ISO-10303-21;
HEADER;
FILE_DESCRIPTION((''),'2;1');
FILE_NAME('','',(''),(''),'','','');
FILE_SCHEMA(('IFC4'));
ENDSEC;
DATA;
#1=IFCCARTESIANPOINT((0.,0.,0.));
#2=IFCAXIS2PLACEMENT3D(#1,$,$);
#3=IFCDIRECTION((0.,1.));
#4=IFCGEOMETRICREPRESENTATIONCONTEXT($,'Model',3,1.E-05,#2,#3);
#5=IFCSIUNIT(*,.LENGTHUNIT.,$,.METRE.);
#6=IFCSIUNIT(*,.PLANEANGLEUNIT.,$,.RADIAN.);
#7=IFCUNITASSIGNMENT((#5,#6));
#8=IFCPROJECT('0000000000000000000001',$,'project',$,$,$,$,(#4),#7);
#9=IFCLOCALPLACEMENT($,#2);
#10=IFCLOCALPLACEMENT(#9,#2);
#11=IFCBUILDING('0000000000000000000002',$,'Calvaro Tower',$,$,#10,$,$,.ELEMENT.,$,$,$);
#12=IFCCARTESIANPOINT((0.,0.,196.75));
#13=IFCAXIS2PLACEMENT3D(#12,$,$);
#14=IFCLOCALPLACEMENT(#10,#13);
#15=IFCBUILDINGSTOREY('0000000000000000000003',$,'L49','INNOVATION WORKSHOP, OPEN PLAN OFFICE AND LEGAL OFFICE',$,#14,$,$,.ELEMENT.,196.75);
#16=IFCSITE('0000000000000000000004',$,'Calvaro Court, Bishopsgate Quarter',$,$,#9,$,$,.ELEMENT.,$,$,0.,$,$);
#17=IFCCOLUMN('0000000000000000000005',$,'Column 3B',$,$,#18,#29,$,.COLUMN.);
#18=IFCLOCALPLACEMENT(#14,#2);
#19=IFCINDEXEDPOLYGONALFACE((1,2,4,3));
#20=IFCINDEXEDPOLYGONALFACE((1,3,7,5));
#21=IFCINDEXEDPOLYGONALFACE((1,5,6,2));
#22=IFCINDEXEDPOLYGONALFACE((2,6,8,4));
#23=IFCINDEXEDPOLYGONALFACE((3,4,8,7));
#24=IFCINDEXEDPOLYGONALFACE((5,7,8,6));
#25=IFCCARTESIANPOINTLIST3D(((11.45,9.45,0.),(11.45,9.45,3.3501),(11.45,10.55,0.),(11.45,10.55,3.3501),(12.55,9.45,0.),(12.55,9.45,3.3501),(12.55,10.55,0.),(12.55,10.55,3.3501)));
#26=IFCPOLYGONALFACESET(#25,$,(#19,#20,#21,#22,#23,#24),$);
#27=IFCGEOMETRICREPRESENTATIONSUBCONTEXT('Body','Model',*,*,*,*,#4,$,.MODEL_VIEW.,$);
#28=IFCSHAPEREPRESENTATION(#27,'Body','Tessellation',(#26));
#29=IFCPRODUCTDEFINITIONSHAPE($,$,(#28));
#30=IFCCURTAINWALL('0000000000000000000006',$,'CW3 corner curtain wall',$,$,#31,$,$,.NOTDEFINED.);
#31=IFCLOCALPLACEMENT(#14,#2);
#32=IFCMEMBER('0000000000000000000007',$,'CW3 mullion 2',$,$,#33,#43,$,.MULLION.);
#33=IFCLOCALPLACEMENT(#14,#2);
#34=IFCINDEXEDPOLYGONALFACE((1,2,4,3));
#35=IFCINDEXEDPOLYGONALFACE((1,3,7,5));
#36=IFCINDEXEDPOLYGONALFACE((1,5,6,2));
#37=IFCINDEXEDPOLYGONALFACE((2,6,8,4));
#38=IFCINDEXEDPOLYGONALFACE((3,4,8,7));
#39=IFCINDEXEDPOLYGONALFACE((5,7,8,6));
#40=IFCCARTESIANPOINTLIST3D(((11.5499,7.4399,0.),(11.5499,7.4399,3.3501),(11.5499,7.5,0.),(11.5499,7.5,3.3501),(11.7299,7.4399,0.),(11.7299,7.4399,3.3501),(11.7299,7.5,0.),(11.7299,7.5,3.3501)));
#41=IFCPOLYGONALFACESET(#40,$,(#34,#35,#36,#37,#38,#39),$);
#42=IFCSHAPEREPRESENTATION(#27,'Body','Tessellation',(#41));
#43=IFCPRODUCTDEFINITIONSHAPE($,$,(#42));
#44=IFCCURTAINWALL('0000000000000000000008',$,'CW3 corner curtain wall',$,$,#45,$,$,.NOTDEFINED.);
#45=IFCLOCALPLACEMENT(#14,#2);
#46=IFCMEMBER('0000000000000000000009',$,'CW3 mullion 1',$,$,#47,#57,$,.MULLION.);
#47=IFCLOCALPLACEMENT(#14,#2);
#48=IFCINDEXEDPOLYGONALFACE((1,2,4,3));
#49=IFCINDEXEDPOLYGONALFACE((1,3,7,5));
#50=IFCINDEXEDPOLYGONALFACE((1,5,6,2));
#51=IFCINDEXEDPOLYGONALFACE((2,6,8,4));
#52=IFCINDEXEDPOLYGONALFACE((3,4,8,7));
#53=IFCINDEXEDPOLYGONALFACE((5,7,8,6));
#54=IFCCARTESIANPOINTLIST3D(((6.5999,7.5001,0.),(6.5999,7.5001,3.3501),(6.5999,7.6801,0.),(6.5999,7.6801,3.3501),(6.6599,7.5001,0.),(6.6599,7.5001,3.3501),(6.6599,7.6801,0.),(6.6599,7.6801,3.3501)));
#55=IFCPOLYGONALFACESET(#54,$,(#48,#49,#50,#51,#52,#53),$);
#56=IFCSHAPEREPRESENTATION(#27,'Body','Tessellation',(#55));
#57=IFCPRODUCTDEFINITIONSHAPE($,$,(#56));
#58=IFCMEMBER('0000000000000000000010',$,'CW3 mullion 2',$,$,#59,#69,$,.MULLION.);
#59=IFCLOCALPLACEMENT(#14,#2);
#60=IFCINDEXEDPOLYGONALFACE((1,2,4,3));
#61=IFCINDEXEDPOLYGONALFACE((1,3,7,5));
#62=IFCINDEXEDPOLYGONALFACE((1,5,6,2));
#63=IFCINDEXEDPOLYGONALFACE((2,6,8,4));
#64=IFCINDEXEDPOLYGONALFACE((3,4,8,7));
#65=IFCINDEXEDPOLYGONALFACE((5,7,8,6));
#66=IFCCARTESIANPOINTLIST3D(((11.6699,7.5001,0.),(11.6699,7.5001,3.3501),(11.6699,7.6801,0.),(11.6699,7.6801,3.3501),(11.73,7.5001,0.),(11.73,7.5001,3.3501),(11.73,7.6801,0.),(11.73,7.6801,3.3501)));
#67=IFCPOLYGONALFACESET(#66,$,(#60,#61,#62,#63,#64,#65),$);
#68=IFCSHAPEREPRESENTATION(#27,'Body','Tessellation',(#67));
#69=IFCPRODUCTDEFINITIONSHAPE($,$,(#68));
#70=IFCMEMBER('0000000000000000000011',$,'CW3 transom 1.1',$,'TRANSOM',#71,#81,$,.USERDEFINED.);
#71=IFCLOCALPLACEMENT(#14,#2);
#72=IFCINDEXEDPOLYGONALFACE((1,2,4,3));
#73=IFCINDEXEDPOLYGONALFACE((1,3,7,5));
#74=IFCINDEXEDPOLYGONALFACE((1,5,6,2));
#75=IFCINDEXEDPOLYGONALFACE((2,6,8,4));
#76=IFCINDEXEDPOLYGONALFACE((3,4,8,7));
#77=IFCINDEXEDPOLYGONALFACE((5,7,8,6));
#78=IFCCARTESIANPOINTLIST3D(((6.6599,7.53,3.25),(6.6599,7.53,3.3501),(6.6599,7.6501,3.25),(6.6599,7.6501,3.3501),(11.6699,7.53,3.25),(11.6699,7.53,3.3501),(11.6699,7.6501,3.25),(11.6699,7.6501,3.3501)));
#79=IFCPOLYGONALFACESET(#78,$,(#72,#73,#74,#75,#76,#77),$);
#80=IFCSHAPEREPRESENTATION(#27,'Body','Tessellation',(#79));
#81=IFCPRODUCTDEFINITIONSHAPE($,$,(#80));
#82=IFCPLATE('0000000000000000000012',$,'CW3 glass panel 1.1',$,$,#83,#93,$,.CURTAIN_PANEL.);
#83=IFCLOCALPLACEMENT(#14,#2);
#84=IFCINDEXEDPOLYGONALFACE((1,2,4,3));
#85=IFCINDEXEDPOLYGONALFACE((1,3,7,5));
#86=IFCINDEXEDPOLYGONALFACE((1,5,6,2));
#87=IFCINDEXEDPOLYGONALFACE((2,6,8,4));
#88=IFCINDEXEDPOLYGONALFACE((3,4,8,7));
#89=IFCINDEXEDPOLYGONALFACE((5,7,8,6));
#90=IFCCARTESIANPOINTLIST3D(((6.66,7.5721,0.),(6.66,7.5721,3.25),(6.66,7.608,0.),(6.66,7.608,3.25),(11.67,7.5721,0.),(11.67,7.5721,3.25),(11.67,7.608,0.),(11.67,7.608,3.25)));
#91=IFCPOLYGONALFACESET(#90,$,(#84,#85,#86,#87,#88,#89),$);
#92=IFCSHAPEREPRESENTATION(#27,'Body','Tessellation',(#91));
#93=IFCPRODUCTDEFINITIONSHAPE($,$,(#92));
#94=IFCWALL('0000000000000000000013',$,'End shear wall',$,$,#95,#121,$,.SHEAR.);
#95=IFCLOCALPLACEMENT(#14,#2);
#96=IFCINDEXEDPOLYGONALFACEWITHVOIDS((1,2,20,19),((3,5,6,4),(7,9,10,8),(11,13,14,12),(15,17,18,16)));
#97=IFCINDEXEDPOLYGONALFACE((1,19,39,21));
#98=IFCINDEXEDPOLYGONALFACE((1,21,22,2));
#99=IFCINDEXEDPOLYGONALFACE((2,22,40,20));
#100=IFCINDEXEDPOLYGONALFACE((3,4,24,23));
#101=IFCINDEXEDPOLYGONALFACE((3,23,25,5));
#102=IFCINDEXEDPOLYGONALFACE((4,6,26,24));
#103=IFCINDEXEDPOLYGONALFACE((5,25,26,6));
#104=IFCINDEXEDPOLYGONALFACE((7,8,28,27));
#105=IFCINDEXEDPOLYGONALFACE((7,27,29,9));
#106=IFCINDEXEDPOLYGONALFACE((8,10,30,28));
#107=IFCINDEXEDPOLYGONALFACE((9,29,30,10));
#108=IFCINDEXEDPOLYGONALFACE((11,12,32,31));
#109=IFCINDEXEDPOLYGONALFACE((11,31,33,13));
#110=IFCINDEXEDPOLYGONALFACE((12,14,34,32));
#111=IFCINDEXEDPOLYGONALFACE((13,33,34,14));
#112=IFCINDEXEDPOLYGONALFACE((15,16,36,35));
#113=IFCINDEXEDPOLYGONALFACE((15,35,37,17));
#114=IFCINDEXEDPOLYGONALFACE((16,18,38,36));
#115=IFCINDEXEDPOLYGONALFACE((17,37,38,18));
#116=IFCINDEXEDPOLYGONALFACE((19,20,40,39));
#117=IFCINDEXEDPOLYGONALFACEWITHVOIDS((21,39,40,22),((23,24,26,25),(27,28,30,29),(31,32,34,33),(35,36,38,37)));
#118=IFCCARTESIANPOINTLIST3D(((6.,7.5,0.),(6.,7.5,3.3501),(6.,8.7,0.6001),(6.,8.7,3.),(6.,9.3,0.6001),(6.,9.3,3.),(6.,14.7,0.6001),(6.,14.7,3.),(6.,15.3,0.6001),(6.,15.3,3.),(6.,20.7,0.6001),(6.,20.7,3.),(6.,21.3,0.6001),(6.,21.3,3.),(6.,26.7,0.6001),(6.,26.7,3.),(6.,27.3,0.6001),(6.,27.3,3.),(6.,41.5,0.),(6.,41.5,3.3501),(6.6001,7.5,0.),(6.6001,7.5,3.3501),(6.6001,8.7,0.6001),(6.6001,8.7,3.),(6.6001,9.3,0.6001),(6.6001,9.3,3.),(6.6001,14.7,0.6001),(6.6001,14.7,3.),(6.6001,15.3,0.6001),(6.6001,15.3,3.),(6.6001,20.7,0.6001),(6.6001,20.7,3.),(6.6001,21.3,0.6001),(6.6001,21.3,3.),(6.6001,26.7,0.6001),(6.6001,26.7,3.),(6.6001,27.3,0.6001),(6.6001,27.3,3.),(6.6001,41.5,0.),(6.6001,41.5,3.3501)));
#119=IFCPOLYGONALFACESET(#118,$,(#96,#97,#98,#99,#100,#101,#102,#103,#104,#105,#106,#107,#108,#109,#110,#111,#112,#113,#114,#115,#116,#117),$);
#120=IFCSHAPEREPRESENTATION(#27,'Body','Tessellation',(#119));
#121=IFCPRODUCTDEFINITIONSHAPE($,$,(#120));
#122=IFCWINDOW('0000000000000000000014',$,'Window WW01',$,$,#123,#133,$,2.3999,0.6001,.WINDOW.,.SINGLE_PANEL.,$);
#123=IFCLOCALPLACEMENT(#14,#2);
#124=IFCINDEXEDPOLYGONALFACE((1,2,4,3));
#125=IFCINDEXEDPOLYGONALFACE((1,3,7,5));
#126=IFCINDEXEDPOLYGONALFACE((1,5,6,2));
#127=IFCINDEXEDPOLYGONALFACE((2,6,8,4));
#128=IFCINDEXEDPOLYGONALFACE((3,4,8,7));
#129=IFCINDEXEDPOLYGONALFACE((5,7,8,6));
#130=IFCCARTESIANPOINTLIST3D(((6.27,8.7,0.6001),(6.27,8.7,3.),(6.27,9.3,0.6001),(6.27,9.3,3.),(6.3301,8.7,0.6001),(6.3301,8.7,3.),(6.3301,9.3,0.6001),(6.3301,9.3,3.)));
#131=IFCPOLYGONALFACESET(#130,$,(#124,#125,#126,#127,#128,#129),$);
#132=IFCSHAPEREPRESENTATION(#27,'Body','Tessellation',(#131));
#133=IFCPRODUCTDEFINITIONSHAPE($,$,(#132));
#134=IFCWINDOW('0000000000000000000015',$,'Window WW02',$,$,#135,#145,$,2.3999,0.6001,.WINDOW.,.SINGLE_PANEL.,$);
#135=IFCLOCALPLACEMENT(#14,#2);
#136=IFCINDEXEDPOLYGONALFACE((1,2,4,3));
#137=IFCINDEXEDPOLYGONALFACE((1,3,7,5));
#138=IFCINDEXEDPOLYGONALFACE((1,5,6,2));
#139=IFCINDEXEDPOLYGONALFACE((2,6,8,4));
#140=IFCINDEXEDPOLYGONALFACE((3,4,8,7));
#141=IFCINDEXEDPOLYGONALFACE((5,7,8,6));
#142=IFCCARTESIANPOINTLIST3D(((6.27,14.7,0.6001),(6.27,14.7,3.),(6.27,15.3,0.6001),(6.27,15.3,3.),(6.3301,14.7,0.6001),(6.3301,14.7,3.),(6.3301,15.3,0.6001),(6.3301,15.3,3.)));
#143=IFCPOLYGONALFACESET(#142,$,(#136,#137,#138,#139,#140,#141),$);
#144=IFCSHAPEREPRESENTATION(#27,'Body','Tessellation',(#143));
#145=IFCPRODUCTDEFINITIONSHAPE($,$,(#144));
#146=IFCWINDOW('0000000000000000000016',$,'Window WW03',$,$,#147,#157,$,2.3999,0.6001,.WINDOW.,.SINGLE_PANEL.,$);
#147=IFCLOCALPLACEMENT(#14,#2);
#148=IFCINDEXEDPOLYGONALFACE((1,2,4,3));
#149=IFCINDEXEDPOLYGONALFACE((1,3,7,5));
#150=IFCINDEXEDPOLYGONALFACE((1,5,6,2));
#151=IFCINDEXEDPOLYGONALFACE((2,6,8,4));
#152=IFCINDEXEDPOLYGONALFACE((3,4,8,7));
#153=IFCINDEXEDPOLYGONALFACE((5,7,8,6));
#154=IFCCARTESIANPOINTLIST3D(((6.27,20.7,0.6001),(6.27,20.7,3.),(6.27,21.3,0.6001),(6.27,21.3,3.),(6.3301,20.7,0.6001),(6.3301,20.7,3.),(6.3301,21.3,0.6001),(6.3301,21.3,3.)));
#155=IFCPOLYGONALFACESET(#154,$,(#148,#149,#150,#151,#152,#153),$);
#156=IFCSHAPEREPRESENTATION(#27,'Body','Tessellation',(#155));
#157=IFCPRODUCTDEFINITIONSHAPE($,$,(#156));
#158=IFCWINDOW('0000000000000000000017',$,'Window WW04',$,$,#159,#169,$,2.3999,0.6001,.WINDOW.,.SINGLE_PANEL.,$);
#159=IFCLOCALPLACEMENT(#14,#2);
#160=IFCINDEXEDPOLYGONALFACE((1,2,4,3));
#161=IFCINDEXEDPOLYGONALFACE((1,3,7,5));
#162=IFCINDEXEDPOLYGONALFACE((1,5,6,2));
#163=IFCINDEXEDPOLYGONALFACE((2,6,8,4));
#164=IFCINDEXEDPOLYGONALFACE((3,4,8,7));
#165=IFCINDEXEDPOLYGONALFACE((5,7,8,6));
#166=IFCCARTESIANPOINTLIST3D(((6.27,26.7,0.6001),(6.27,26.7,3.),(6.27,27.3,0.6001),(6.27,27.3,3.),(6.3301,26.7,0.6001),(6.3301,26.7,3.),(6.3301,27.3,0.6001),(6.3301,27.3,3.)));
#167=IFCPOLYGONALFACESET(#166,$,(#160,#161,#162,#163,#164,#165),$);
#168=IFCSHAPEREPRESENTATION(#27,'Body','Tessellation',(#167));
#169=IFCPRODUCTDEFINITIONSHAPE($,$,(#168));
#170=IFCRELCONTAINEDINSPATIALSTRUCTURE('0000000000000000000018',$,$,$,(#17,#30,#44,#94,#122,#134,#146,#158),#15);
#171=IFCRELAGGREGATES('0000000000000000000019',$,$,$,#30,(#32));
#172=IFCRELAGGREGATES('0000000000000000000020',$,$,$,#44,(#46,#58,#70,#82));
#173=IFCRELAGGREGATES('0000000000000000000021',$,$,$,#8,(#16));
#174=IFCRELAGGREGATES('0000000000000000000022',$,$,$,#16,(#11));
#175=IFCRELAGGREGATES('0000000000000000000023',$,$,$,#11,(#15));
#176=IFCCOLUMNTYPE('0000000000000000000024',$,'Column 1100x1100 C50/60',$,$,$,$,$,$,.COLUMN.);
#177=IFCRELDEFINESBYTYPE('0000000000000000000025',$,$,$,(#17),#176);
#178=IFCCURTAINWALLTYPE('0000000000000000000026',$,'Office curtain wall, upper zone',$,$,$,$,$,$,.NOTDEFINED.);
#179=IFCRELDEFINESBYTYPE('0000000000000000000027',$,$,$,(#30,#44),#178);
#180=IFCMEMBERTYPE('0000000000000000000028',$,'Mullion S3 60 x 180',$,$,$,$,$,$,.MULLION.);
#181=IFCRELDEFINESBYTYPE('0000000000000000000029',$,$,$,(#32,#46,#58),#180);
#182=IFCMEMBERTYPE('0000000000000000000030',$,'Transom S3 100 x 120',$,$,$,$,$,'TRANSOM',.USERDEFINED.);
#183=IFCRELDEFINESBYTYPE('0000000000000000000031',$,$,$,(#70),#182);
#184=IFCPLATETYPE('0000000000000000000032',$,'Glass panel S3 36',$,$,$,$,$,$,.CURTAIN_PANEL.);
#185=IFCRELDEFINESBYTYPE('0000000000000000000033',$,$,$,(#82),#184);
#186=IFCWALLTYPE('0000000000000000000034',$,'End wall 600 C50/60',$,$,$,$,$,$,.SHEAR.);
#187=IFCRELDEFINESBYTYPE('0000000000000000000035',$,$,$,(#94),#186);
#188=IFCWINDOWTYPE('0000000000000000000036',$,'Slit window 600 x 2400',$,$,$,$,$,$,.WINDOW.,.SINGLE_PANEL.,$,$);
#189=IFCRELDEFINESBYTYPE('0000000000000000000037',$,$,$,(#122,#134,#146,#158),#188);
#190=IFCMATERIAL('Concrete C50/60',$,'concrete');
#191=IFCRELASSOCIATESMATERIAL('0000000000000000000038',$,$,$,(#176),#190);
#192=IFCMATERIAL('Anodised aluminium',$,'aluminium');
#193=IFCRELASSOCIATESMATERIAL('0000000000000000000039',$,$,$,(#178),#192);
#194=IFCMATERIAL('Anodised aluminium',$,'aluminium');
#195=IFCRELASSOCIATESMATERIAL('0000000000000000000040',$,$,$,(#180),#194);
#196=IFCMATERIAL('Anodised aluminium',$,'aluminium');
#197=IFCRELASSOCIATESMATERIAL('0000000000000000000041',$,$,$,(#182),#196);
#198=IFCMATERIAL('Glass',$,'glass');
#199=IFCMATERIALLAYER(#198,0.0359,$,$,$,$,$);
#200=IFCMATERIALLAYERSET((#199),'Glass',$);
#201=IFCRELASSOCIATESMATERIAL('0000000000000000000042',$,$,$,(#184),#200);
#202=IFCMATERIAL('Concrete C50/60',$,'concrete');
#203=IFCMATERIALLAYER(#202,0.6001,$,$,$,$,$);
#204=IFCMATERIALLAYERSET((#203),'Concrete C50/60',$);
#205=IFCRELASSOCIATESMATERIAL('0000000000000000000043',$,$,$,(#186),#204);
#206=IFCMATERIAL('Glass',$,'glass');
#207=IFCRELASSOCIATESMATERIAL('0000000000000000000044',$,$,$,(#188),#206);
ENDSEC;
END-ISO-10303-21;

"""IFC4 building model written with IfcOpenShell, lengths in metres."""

from ifc_helpers import new_model, si_unit, direction, frame, frame_2d, origin, origin_2d, place, context, subcontext, project, spatial, rectangle, extrude, material, layer, layer_set, material_profile, profile_set, type_object, element, fill, aggregate, save


model = new_model("IFC4")

# Units and contexts
model_context = context("Model", 3, precision=1e-05, world=origin(), true_north=direction((0.0, 1.0)))
body_context = subcontext(model_context, "Body", "Model", "MODEL_VIEW")
ifc_project = project(units=[si_unit("LENGTHUNIT", "METRE"), si_unit("PLANEANGLEUNIT", "RADIAN")], contexts=[model_context])

# Site, building, storey
site_placement = place(None, origin())
site = spatial("IfcSite", under=ifc_project, at=site_placement, Name="Calvaro Court, Bishopsgate Quarter", CompositionType="ELEMENT", RefElevation=0.0)
building_placement = place(site_placement, origin())
building = spatial("IfcBuilding", under=site, at=building_placement, Name="Calvaro Tower", CompositionType="ELEMENT")
storey_placement = place(building_placement, frame((0.0, 0.0, 196.75)))
storey = spatial("IfcBuildingStorey", under=building, at=storey_placement, Name="L49", Description="INNOVATION WORKSHOP, OPEN PLAN OFFICE AND LEGAL OFFICE", CompositionType="ELEMENT", Elevation=196.75)

# Column
ifc_material_1 = material(Name="Concrete C50/60", Category="concrete")
ifc_material_profile_1 = material_profile(ifc_material_1, rectangle(XDim=1.1001, YDim=1.1001, at=origin_2d()), Name="RC 1100x1100")
ifc_profile_set_1 = profile_set([ifc_material_profile_1], Name="Concrete C50/60")
column_type = type_object("IfcColumnType", Name="Column 1100x1100 C50/60", PredefinedType="COLUMN", material=ifc_profile_set_1)
column_placement = place(storey_placement, frame((12.0, 10.0, 0.0), z_axis=(0.0, 0.0, 1.0), x_axis=(1.0, 0.0, 0.0)))
element("IfcColumn", 1, at=column_placement, inside=storey, type_object=column_type, Name="Column 3B", PredefinedType="COLUMN", context=body_context, shape_type="SweptSolid", body=[
    extrude(rectangle(XDim=1.1001, YDim=1.1001, at=origin_2d()), origin(), (0.0, 0.0, 1.0), 3.3501),
])

# Curtain wall, member
ifc_material_2 = material(Name="Anodised aluminium", Category="aluminium")
curtain_wall_type = type_object("IfcCurtainWallType", Name="Office curtain wall, upper zone", PredefinedType="NOTDEFINED", material=ifc_material_2)
curtain_wall_1_placement = place(storey_placement, origin())
curtain_wall_1 = element("IfcCurtainWall", 2, at=curtain_wall_1_placement, inside=storey, type_object=curtain_wall_type, Name="CW3 corner curtain wall", PredefinedType="NOTDEFINED")
ifc_material_3 = material(Name="Anodised aluminium", Category="aluminium")
ifc_material_profile_2 = material_profile(ifc_material_3, rectangle(XDim=0.1799, YDim=0.0601, at=origin_2d()), Name="Mullion S3 60 x 180")
ifc_profile_set_2 = profile_set([ifc_material_profile_2], Name="Anodised aluminium")
member_type_1 = type_object("IfcMemberType", Name="Mullion S3 60 x 180", PredefinedType="MULLION", material=ifc_profile_set_2)
member_1_placement = place(storey_placement, frame((11.6399, 7.47, 0.0), z_axis=(0.0, 0.0, 1.0), x_axis=(-1.0, 0.0, 0.0)))
member_1 = element("IfcMember", 3, at=member_1_placement, type_object=member_type_1, Name="CW3 mullion 2", PredefinedType="MULLION", context=body_context, shape_type="SweptSolid", body=[
    extrude(rectangle(XDim=0.1799, YDim=0.0601, at=origin_2d()), origin(), (0.0, 0.0, 1.0), 3.3501),
])
aggregate(curtain_wall_1, [member_1])

# Curtain wall, members, plate
curtain_wall_2_placement = place(storey_placement, origin())
curtain_wall_2 = element("IfcCurtainWall", 4, at=curtain_wall_2_placement, inside=storey, type_object=curtain_wall_type, Name="CW3 corner curtain wall", PredefinedType="NOTDEFINED")
member_2_placement = place(storey_placement, frame((6.6299, 7.5901, 0.0), z_axis=(0.0, 0.0, 1.0), x_axis=(0.0, 1.0, 0.0)))
member_2 = element("IfcMember", 5, at=member_2_placement, type_object=member_type_1, Name="CW3 mullion 1", PredefinedType="MULLION", context=body_context, shape_type="SweptSolid", body=[
    extrude(rectangle(XDim=0.1799, YDim=0.0601, at=origin_2d()), origin(), (0.0, 0.0, 1.0), 3.3501),
])
member_3_placement = place(storey_placement, frame((11.7, 7.5901, 0.0), z_axis=(0.0, 0.0, 1.0), x_axis=(0.0, 1.0, 0.0)))
member_3 = element("IfcMember", 6, at=member_3_placement, type_object=member_type_1, Name="CW3 mullion 2", PredefinedType="MULLION", context=body_context, shape_type="SweptSolid", body=[
    extrude(rectangle(XDim=0.1799, YDim=0.0601, at=origin_2d()), origin(), (0.0, 0.0, 1.0), 3.3501),
])
ifc_material_4 = material(Name="Anodised aluminium", Category="aluminium")
ifc_material_profile_3 = material_profile(ifc_material_4, rectangle(XDim=0.1201, YDim=0.1001, at=origin_2d()), Name="Transom S3 100 x 120")
ifc_profile_set_3 = profile_set([ifc_material_profile_3], Name="Anodised aluminium")
member_type_2 = type_object("IfcMemberType", Name="Transom S3 100 x 120", ElementType="TRANSOM", PredefinedType="USERDEFINED", material=ifc_profile_set_3)
member_4_placement = place(storey_placement, frame((6.6599, 7.5901, 3.3), z_axis=(1.0, 0.0, 0.0), x_axis=(0.0, 1.0, 0.0)))
member_4 = element("IfcMember", 7, at=member_4_placement, type_object=member_type_2, Name="CW3 transom 1.1", ObjectType="TRANSOM", PredefinedType="USERDEFINED", context=body_context, shape_type="SweptSolid", body=[
    extrude(rectangle(XDim=0.1201, YDim=0.1001, at=origin_2d()), origin(), (0.0, 0.0, 1.0), 5.01),
])
ifc_material_5 = material(Name="Glass", Category="glass")
ifc_layer_1 = layer(ifc_material_5, 0.0359)
ifc_layer_set_1 = layer_set([ifc_layer_1], Name="Glass")
plate_type = type_object("IfcPlateType", Name="Glass panel S3 36", PredefinedType="CURTAIN_PANEL", material=ifc_layer_set_1)
plate_placement = place(storey_placement, frame((9.165, 7.5901, 0.0), z_axis=(0.0, 0.0, 1.0), x_axis=(1.0, 0.0, 0.0)))
plate = element("IfcPlate", 8, at=plate_placement, type_object=plate_type, Name="CW3 glass panel 1.1", PredefinedType="CURTAIN_PANEL", context=body_context, shape_type="SweptSolid", body=[
    extrude(rectangle(XDim=5.01, YDim=0.0359, at=origin_2d()), origin(), (0.0, 0.0, 1.0), 3.25),
])
aggregate(curtain_wall_2, [member_2, member_3, member_4, plate])

# Wall, openings, windows
ifc_material_6 = material(Name="Concrete C50/60", Category="concrete")
ifc_layer_2 = layer(ifc_material_6, 0.6001)
ifc_layer_set_2 = layer_set([ifc_layer_2], Name="Concrete C50/60")
wall_type_1 = type_object("IfcWallType", Name="End wall 600 C50/60", PredefinedType="SHEAR", material=ifc_layer_set_2)
wall_1_placement = place(storey_placement, frame((6.3, 7.5, 0.0), z_axis=(0.0, 0.0, 1.0), x_axis=(0.0, 1.0, 0.0)))
wall_1 = element("IfcWall", 9, at=wall_1_placement, inside=storey, type_object=wall_type_1, Name="End shear wall", PredefinedType="SHEAR", context=body_context, shape_type="SweptSolid", body=[
    extrude(rectangle(XDim=34.0, YDim=0.6001, at=frame_2d((17.0, 0.0))), origin(), (0.0, 0.0, 1.0), 3.3501),
])
opening_1_placement = place(wall_1_placement, frame((1.2, 0.0, 0.6001)))
opening_1 = element("IfcOpeningElement", 10, at=opening_1_placement, cuts=wall_1, PredefinedType="OPENING", context=body_context, shape_type="SweptSolid", body=[
    extrude(rectangle(XDim=0.6001, YDim=2.3999, at=frame_2d((0.3, 1.2))), frame((0.0, 0.3101, 0.0), z_axis=(0.0, -1.0, 0.0), x_axis=(1.0, 0.0, 0.0)), (0.0, 0.0, 1.0), 0.6201),
])
opening_2_placement = place(wall_1_placement, frame((7.2, 0.0, 0.6001)))
opening_2 = element("IfcOpeningElement", 11, at=opening_2_placement, cuts=wall_1, PredefinedType="OPENING", context=body_context, shape_type="SweptSolid", body=[
    extrude(rectangle(XDim=0.6001, YDim=2.3999, at=frame_2d((0.3, 1.2))), frame((0.0, 0.3101, 0.0), z_axis=(0.0, -1.0, 0.0), x_axis=(1.0, 0.0, 0.0)), (0.0, 0.0, 1.0), 0.6201),
])
opening_3_placement = place(wall_1_placement, frame((13.2, 0.0, 0.6001)))
opening_3 = element("IfcOpeningElement", 12, at=opening_3_placement, cuts=wall_1, PredefinedType="OPENING", context=body_context, shape_type="SweptSolid", body=[
    extrude(rectangle(XDim=0.6001, YDim=2.3999, at=frame_2d((0.3, 1.2))), frame((0.0, 0.3101, 0.0), z_axis=(0.0, -1.0, 0.0), x_axis=(1.0, 0.0, 0.0)), (0.0, 0.0, 1.0), 0.6201),
])
opening_4_placement = place(wall_1_placement, frame((19.2, 0.0, 0.6001)))
opening_4 = element("IfcOpeningElement", 13, at=opening_4_placement, cuts=wall_1, PredefinedType="OPENING", context=body_context, shape_type="SweptSolid", body=[
    extrude(rectangle(XDim=0.6001, YDim=2.3999, at=frame_2d((0.3, 1.2))), frame((0.0, 0.3101, 0.0), z_axis=(0.0, -1.0, 0.0), x_axis=(1.0, 0.0, 0.0)), (0.0, 0.0, 1.0), 0.6201),
])
ifc_material_7 = material(Name="Glass", Category="glass")
window_type = type_object("IfcWindowType", Name="Slit window 600 x 2400", PartitioningType="SINGLE_PANEL", PredefinedType="WINDOW", material=ifc_material_7)
window_1_placement = place(opening_1_placement, origin())
window_1 = element("IfcWindow", 14, at=window_1_placement, inside=storey, type_object=window_type, Name="Window WW01", OverallHeight=2.3999, OverallWidth=0.6001, PartitioningType="SINGLE_PANEL", PredefinedType="WINDOW", context=body_context, shape_type="SweptSolid", body=[
    extrude(rectangle(XDim=0.6001, YDim=2.3999, at=frame_2d((0.3, 1.2))), frame((0.0, 0.03, 0.0), z_axis=(0.0, -1.0, 0.0), x_axis=(1.0, 0.0, 0.0)), (0.0, 0.0, 1.0), 0.0601),
])
fill(opening_1, window_1)
window_2_placement = place(opening_2_placement, origin())
window_2 = element("IfcWindow", 15, at=window_2_placement, inside=storey, type_object=window_type, Name="Window WW02", OverallHeight=2.3999, OverallWidth=0.6001, PartitioningType="SINGLE_PANEL", PredefinedType="WINDOW", context=body_context, shape_type="SweptSolid", body=[
    extrude(rectangle(XDim=0.6001, YDim=2.3999, at=frame_2d((0.3, 1.2))), frame((0.0, 0.03, 0.0), z_axis=(0.0, -1.0, 0.0), x_axis=(1.0, 0.0, 0.0)), (0.0, 0.0, 1.0), 0.0601),
])
fill(opening_2, window_2)
window_3_placement = place(opening_3_placement, origin())
window_3 = element("IfcWindow", 16, at=window_3_placement, inside=storey, type_object=window_type, Name="Window WW03", OverallHeight=2.3999, OverallWidth=0.6001, PartitioningType="SINGLE_PANEL", PredefinedType="WINDOW", context=body_context, shape_type="SweptSolid", body=[
    extrude(rectangle(XDim=0.6001, YDim=2.3999, at=frame_2d((0.3, 1.2))), frame((0.0, 0.03, 0.0), z_axis=(0.0, -1.0, 0.0), x_axis=(1.0, 0.0, 0.0)), (0.0, 0.0, 1.0), 0.0601),
])
fill(opening_3, window_3)
window_4_placement = place(opening_4_placement, origin())
window_4 = element("IfcWindow", 17, at=window_4_placement, inside=storey, type_object=window_type, Name="Window WW04", OverallHeight=2.3999, OverallWidth=0.6001, PartitioningType="SINGLE_PANEL", PredefinedType="WINDOW", context=body_context, shape_type="SweptSolid", body=[
    extrude(rectangle(XDim=0.6001, YDim=2.3999, at=frame_2d((0.3, 1.2))), frame((0.0, 0.03, 0.0), z_axis=(0.0, -1.0, 0.0), x_axis=(1.0, 0.0, 0.0)), (0.0, 0.0, 1.0), 0.0601),
])
fill(opening_4, window_4)

save(model, "model.ifc")
